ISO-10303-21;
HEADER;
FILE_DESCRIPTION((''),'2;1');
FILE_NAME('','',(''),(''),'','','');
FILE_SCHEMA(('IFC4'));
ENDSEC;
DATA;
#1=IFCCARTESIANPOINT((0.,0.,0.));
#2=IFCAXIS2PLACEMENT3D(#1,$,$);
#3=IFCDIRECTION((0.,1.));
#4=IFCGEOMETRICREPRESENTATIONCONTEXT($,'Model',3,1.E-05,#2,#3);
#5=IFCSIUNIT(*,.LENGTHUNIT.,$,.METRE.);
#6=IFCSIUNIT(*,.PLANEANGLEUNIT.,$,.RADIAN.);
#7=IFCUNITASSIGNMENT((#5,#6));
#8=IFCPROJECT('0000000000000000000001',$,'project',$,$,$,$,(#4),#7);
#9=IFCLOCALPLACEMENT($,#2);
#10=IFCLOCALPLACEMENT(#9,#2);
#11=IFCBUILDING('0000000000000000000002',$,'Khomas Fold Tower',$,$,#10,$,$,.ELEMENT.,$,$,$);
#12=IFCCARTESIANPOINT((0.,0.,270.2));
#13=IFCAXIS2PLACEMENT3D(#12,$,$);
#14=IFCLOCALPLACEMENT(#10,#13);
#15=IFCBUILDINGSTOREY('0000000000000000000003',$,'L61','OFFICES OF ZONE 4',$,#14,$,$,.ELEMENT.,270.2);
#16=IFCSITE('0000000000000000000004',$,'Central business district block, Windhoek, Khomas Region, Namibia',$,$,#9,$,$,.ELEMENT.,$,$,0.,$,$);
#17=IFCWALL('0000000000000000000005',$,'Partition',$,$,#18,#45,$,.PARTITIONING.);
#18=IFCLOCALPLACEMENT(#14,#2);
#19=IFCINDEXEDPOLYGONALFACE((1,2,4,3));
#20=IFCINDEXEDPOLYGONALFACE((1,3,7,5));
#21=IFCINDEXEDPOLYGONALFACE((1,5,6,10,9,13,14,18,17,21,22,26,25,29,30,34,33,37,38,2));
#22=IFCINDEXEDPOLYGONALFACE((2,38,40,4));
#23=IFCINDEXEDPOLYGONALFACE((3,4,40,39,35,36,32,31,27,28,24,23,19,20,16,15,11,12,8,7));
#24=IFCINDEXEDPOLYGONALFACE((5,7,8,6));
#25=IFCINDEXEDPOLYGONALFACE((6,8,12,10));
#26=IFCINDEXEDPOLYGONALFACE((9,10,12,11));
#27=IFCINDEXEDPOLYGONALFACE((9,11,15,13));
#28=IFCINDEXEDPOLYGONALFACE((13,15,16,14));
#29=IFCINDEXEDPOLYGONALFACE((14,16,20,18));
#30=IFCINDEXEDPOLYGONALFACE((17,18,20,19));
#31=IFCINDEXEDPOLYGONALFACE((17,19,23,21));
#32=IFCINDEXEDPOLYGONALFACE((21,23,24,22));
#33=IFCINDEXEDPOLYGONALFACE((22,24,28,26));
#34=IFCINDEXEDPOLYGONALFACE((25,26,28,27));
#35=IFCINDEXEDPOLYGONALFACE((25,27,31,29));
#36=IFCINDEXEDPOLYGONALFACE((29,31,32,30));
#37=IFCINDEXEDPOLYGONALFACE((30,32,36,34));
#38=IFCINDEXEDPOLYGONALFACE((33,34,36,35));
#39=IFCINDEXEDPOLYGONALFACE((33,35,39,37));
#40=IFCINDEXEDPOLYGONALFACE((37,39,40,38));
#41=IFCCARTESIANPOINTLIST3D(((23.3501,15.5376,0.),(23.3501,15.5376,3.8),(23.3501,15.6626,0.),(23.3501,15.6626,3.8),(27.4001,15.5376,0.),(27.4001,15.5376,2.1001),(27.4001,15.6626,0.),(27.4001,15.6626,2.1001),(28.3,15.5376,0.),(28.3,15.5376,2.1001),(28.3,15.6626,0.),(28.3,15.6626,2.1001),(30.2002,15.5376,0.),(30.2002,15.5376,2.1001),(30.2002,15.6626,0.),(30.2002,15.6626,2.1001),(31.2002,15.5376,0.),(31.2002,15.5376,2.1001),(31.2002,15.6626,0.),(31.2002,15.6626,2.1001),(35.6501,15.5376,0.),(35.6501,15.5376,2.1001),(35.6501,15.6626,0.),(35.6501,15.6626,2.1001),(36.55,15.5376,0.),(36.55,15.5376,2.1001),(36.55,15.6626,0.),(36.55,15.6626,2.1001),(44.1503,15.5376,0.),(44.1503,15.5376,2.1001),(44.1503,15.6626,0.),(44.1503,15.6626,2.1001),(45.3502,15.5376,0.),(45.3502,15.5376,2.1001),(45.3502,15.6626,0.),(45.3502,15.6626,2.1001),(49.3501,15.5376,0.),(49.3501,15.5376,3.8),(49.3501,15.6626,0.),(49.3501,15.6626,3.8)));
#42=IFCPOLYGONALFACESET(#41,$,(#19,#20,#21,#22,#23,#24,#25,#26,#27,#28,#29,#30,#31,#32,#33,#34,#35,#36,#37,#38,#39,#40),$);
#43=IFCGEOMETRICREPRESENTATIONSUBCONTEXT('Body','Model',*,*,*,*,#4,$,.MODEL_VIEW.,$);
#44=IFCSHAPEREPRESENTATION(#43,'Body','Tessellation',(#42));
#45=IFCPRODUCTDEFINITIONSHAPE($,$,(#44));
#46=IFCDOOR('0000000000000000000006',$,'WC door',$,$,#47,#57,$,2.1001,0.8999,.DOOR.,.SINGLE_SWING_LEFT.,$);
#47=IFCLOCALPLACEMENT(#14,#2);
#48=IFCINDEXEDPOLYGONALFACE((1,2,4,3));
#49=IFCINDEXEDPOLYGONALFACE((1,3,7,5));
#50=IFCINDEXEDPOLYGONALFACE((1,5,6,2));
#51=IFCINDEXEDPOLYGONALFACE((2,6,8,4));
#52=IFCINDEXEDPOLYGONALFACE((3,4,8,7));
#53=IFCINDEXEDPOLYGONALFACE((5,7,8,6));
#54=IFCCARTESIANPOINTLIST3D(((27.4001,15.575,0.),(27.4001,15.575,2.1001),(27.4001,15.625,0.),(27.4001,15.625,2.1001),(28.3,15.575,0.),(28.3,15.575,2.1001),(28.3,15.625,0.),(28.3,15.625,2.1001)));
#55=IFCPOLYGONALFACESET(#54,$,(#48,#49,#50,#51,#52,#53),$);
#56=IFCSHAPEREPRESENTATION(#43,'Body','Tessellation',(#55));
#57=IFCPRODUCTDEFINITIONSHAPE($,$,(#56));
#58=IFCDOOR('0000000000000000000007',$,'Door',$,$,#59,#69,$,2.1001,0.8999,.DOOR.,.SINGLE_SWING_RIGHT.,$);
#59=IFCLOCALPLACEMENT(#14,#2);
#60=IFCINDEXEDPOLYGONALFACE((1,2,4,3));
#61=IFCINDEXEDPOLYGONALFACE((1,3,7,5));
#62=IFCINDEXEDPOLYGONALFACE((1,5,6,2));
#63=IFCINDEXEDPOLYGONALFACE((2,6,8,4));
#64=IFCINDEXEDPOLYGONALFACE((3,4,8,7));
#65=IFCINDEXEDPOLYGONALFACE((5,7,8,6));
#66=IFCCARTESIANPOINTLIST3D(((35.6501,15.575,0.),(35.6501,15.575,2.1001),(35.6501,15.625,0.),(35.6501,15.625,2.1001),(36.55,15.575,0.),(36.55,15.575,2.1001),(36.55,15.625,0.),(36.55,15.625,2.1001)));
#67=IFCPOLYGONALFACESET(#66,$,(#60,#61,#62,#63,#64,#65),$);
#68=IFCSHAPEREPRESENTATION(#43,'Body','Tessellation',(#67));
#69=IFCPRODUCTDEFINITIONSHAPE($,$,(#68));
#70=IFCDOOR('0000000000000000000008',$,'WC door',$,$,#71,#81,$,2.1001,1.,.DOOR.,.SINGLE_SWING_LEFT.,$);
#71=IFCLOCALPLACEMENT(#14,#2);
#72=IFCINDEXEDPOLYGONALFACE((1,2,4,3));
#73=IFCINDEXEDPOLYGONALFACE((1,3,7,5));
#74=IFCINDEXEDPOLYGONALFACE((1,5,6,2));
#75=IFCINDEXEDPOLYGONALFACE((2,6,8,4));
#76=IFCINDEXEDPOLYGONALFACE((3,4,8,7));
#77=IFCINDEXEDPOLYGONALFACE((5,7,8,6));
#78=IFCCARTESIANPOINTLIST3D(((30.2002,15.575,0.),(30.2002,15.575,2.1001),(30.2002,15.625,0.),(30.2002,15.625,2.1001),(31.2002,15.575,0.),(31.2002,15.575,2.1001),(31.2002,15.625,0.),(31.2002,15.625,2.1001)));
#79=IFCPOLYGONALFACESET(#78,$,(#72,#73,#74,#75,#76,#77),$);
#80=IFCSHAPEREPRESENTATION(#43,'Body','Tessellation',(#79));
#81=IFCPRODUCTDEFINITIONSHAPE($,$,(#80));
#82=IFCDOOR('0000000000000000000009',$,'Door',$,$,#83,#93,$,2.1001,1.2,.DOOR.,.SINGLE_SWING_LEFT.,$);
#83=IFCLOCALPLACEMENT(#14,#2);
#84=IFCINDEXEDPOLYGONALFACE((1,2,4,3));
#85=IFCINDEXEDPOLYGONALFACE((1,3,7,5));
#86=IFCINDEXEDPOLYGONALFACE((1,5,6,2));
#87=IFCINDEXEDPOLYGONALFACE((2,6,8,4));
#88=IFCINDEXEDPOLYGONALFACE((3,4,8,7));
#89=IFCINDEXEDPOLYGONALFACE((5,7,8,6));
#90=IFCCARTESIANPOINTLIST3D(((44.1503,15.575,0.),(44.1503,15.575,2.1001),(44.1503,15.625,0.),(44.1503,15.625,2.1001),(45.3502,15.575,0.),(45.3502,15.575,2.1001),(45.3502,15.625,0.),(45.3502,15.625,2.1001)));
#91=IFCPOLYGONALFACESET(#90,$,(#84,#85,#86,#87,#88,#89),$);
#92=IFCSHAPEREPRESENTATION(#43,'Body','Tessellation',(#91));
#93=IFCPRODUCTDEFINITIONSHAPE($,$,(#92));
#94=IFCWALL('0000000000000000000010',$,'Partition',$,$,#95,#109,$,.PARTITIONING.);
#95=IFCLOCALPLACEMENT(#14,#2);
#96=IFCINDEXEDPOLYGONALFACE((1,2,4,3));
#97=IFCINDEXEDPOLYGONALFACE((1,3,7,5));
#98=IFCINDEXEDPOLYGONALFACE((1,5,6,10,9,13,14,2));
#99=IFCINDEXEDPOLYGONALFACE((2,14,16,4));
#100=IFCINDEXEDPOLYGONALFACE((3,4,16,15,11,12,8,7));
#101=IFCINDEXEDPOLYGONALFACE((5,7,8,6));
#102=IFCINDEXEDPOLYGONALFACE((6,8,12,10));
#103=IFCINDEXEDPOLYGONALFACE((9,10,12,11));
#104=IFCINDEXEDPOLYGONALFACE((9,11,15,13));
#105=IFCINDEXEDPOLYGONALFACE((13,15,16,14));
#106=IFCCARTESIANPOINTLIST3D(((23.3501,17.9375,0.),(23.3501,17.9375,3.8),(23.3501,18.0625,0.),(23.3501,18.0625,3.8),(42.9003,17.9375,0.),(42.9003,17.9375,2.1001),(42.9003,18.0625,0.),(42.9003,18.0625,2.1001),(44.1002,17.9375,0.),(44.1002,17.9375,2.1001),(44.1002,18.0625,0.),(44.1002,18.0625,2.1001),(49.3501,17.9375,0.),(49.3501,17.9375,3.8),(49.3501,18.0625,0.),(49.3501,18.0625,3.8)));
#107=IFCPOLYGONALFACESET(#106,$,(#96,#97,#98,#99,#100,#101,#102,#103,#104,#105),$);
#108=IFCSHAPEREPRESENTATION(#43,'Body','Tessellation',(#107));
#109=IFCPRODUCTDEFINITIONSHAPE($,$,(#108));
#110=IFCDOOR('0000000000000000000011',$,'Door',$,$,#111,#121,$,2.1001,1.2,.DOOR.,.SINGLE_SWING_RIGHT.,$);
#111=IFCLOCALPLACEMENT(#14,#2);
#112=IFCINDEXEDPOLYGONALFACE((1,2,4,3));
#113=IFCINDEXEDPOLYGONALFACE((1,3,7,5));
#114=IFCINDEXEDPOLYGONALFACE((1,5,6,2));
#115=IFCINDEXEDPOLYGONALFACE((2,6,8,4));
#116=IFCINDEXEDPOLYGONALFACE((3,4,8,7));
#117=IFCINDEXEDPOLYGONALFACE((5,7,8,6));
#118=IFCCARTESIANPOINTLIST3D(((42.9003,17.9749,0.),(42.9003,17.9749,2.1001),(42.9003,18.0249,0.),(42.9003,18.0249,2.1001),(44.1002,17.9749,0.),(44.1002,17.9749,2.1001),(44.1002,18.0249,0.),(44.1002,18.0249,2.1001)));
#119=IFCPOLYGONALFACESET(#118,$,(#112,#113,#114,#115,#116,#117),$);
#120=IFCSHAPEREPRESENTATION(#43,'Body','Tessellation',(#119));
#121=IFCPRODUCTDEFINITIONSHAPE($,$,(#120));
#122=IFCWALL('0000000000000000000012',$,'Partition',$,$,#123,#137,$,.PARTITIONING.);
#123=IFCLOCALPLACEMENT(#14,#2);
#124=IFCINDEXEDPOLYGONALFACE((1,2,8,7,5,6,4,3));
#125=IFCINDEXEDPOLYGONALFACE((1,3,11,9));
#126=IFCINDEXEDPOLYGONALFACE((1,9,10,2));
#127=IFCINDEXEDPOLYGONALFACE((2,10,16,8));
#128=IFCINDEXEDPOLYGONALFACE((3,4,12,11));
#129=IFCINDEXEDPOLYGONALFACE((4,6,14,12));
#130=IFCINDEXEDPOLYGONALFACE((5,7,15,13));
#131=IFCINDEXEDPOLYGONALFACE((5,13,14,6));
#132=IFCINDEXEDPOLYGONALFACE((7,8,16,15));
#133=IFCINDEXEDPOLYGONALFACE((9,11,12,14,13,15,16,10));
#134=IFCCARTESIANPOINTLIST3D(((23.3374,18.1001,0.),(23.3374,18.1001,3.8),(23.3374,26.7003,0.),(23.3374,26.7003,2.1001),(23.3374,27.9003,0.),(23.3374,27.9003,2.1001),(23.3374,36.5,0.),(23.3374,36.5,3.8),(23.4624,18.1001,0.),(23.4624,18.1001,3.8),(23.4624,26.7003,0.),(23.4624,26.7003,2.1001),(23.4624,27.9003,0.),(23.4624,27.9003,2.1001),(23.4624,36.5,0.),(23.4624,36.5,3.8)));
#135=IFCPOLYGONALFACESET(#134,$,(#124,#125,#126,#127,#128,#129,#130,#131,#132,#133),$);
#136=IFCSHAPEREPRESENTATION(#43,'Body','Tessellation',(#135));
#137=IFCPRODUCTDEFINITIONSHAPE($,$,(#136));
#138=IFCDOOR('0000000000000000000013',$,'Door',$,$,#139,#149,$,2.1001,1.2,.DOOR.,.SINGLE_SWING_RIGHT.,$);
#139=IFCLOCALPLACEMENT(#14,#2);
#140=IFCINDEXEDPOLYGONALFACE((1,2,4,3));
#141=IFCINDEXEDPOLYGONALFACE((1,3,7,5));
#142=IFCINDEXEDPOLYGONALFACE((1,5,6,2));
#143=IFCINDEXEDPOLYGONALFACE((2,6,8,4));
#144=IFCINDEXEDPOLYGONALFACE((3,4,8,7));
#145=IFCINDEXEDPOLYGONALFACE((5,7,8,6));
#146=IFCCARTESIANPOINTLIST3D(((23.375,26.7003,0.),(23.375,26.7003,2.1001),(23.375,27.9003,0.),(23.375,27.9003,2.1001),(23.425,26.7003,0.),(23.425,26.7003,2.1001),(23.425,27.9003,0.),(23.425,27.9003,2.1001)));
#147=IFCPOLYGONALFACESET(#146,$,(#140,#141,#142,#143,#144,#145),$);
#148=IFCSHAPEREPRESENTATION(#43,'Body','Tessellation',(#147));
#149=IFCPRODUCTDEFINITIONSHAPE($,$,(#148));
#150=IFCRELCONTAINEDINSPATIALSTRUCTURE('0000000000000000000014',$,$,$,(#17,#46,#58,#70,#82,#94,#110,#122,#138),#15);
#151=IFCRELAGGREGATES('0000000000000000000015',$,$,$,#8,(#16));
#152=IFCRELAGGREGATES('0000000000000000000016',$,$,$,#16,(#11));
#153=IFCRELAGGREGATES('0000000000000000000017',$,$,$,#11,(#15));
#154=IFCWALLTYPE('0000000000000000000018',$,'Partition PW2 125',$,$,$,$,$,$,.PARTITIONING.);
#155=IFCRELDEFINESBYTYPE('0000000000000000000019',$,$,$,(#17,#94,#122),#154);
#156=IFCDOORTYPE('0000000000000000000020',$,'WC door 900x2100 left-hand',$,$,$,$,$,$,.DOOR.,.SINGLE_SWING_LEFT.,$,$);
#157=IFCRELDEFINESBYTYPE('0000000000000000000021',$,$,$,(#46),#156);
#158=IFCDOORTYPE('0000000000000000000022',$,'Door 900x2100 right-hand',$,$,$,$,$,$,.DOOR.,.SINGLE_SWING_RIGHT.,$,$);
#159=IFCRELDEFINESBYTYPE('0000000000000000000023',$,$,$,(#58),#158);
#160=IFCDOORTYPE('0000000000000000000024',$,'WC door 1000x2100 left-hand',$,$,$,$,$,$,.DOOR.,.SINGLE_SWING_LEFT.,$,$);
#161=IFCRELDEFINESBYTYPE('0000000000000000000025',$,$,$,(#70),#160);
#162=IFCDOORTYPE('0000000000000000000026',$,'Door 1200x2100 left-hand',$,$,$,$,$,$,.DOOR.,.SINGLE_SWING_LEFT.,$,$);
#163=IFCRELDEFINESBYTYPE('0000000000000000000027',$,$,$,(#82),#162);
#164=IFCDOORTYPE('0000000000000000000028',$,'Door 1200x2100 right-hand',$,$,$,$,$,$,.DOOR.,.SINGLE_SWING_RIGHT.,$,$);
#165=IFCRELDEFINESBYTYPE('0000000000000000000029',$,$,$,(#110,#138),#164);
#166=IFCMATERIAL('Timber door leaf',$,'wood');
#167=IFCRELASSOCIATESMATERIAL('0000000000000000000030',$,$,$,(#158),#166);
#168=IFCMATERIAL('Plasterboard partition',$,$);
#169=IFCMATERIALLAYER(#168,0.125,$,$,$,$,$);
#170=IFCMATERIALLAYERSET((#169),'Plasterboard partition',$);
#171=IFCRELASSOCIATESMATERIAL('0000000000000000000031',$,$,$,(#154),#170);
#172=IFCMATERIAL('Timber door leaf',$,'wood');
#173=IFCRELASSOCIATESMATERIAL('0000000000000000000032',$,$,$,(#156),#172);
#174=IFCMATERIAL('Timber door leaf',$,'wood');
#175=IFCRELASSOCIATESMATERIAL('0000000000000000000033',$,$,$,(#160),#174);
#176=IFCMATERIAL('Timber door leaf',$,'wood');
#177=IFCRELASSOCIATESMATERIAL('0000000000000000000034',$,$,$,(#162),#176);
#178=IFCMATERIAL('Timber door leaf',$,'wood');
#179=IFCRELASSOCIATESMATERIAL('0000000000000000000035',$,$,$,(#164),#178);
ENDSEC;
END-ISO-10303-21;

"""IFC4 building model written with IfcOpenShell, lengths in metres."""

from ifc_helpers import new_model, si_unit, direction, frame, frame_2d, origin, place, context, subcontext, project, spatial, rectangle, extrude, source, transform, mapped, material, layer, layer_set, type_object, element, fill, save


model = new_model("IFC4")

# Units and contexts
model_context = context("Model", 3, precision=1e-05, world=origin(), true_north=direction((0.0, 1.0)))
body_context = subcontext(model_context, "Body", "Model", "MODEL_VIEW")
ifc_project = project(units=[si_unit("LENGTHUNIT", "METRE"), si_unit("PLANEANGLEUNIT", "RADIAN")], contexts=[model_context])

# Site, building, storey
site_placement = place(None, origin())
site = spatial("IfcSite", under=ifc_project, at=site_placement, Name="Central business district block, Windhoek, Khomas Region, Namibia", CompositionType="ELEMENT", RefElevation=0.0)
building_placement = place(site_placement, origin())
building = spatial("IfcBuilding", under=site, at=building_placement, Name="Khomas Fold Tower", CompositionType="ELEMENT")
storey_placement = place(building_placement, frame((0.0, 0.0, 270.2)))
storey = spatial("IfcBuildingStorey", under=building, at=storey_placement, Name="L61", Description="OFFICES OF ZONE 4", CompositionType="ELEMENT", Elevation=270.2)

# Wall, openings, doors
ifc_material_1 = material(Name="Timber door leaf", Category="wood")
door_type_1 = type_object("IfcDoorType", Name="Door 900x2100 right-hand", OperationType="SINGLE_SWING_RIGHT", PredefinedType="DOOR", material=ifc_material_1)
ifc_material_2 = material(Name="Plasterboard partition")
ifc_layer_1 = layer(ifc_material_2, 0.125)
ifc_layer_set_1 = layer_set([ifc_layer_1], Name="Plasterboard partition")
wall_type_1 = type_object("IfcWallType", Name="Partition PW2 125", PredefinedType="PARTITIONING", material=ifc_layer_set_1)
shared_shape_1 = source(origin(), body_context, "Body", "SweptSolid", [
    extrude(rectangle(XDim=26.0, YDim=0.125, at=frame_2d((13.0, 0.0))), origin(), (0.0, 0.0, 1.0), 3.8),
])
wall_1_placement = place(storey_placement, frame((23.3501, 15.6001, 0.0), z_axis=(0.0, 0.0, 1.0), x_axis=(1.0, 0.0, 0.0)))
wall_1 = element("IfcWall", 1, at=wall_1_placement, inside=storey, type_object=wall_type_1, Name="Partition", PredefinedType="PARTITIONING", context=body_context, shape_type="MappedRepresentation", body=[
    mapped(shared_shape_1, transform((0.0, 0.0, 0.0))),
])
shared_shape_2 = source(origin(), body_context, "Body", "SweptSolid", [
    extrude(rectangle(XDim=0.8999, YDim=2.1001, at=frame_2d((0.45, 1.05))), frame((0.0, 0.0725, 0.0), z_axis=(0.0, -1.0, 0.0), x_axis=(1.0, 0.0, 0.0)), (0.0, 0.0, 1.0), 0.145),
])
opening_1_placement = place(wall_1_placement, frame((4.05, 0.0, 0.0)))
opening_1 = element("IfcOpeningElement", 2, at=opening_1_placement, cuts=wall_1, PredefinedType="OPENING", context=body_context, shape_type="MappedRepresentation", body=[
    mapped(shared_shape_2, transform((0.0, 0.0, 0.0))),
])
shared_shape_3 = source(origin(), body_context, "Body", "SweptSolid", [
    extrude(rectangle(XDim=1.0, YDim=2.1001, at=frame_2d((0.5, 1.05))), frame((0.0, 0.0725, 0.0), z_axis=(0.0, -1.0, 0.0), x_axis=(1.0, 0.0, 0.0)), (0.0, 0.0, 1.0), 0.145),
])
opening_2_placement = place(wall_1_placement, frame((6.8501, 0.0, 0.0)))
opening_2 = element("IfcOpeningElement", 3, at=opening_2_placement, cuts=wall_1, PredefinedType="OPENING", context=body_context, shape_type="MappedRepresentation", body=[
    mapped(shared_shape_3, transform((0.0, 0.0, 0.0))),
])
opening_3_placement = place(wall_1_placement, frame((12.3, 0.0, 0.0)))
opening_3 = element("IfcOpeningElement", 4, at=opening_3_placement, cuts=wall_1, PredefinedType="OPENING", context=body_context, shape_type="MappedRepresentation", body=[
    mapped(shared_shape_2, transform((0.0, 0.0, 0.0))),
])
shared_shape_4 = source(origin(), body_context, "Body", "SweptSolid", [
    extrude(rectangle(XDim=1.2, YDim=2.1001, at=frame_2d((0.6001, 1.05))), frame((0.0, 0.0725, 0.0), z_axis=(0.0, -1.0, 0.0), x_axis=(1.0, 0.0, 0.0)), (0.0, 0.0, 1.0), 0.145),
])
opening_4_placement = place(wall_1_placement, frame((20.8, 0.0, 0.0)))
opening_4 = element("IfcOpeningElement", 5, at=opening_4_placement, cuts=wall_1, PredefinedType="OPENING", context=body_context, shape_type="MappedRepresentation", body=[
    mapped(shared_shape_4, transform((0.0, 0.0, 0.0))),
])
ifc_material_3 = material(Name="Timber door leaf", Category="wood")
door_type_2 = type_object("IfcDoorType", Name="WC door 900x2100 left-hand", OperationType="SINGLE_SWING_LEFT", PredefinedType="DOOR", material=ifc_material_3)
shared_shape_5 = source(origin(), body_context, "Body", "SweptSolid", [
    extrude(rectangle(XDim=0.8999, YDim=2.1001, at=frame_2d((0.45, 1.05))), frame((0.0, 0.0249, 0.0), z_axis=(0.0, -1.0, 0.0), x_axis=(1.0, 0.0, 0.0)), (0.0, 0.0, 1.0), 0.05),
])
door_1_placement = place(opening_1_placement, origin())
door_1 = element("IfcDoor", 6, at=door_1_placement, inside=storey, type_object=door_type_2, Name="WC door", OperationType="SINGLE_SWING_LEFT", OverallHeight=2.1001, OverallWidth=0.8999, PredefinedType="DOOR", context=body_context, shape_type="MappedRepresentation", body=[
    mapped(shared_shape_5, transform((0.0, 0.0, 0.0))),
])
fill(opening_1, door_1)
door_2_placement = place(opening_3_placement, origin())
door_2 = element("IfcDoor", 7, at=door_2_placement, inside=storey, type_object=door_type_1, Name="Door", OperationType="SINGLE_SWING_RIGHT", OverallHeight=2.1001, OverallWidth=0.8999, PredefinedType="DOOR", context=body_context, shape_type="MappedRepresentation", body=[
    mapped(shared_shape_5, transform((0.0, 0.0, 0.0))),
])
fill(opening_3, door_2)
ifc_material_4 = material(Name="Timber door leaf", Category="wood")
door_type_3 = type_object("IfcDoorType", Name="WC door 1000x2100 left-hand", OperationType="SINGLE_SWING_LEFT", PredefinedType="DOOR", material=ifc_material_4)
shared_shape_6 = source(origin(), body_context, "Body", "SweptSolid", [
    extrude(rectangle(XDim=1.0, YDim=2.1001, at=frame_2d((0.5, 1.05))), frame((0.0, 0.0249, 0.0), z_axis=(0.0, -1.0, 0.0), x_axis=(1.0, 0.0, 0.0)), (0.0, 0.0, 1.0), 0.05),
])
door_3_placement = place(opening_2_placement, origin())
door_3 = element("IfcDoor", 8, at=door_3_placement, inside=storey, type_object=door_type_3, Name="WC door", OperationType="SINGLE_SWING_LEFT", OverallHeight=2.1001, OverallWidth=1.0, PredefinedType="DOOR", context=body_context, shape_type="MappedRepresentation", body=[
    mapped(shared_shape_6, transform((0.0, 0.0, 0.0))),
])
fill(opening_2, door_3)
ifc_material_5 = material(Name="Timber door leaf", Category="wood")
door_type_4 = type_object("IfcDoorType", Name="Door 1200x2100 left-hand", OperationType="SINGLE_SWING_LEFT", PredefinedType="DOOR", material=ifc_material_5)
shared_shape_7 = source(origin(), body_context, "Body", "SweptSolid", [
    extrude(rectangle(XDim=1.2, YDim=2.1001, at=frame_2d((0.6001, 1.05))), frame((0.0, 0.0249, 0.0), z_axis=(0.0, -1.0, 0.0), x_axis=(1.0, 0.0, 0.0)), (0.0, 0.0, 1.0), 0.05),
])
door_4_placement = place(opening_4_placement, origin())
door_4 = element("IfcDoor", 9, at=door_4_placement, inside=storey, type_object=door_type_4, Name="Door", OperationType="SINGLE_SWING_LEFT", OverallHeight=2.1001, OverallWidth=1.2, PredefinedType="DOOR", context=body_context, shape_type="MappedRepresentation", body=[
    mapped(shared_shape_7, transform((0.0, 0.0, 0.0))),
])
fill(opening_4, door_4)

# Walls, openings, doors
wall_2_placement = place(storey_placement, frame((23.3501, 18.0, 0.0), z_axis=(0.0, 0.0, 1.0), x_axis=(1.0, 0.0, 0.0)))
wall_2 = element("IfcWall", 10, at=wall_2_placement, inside=storey, type_object=wall_type_1, Name="Partition", PredefinedType="PARTITIONING", context=body_context, shape_type="MappedRepresentation", body=[
    mapped(shared_shape_1, transform((0.0, 0.0, 0.0))),
])
opening_5_placement = place(wall_2_placement, frame((19.55, 0.0, 0.0)))
opening_5 = element("IfcOpeningElement", 11, at=opening_5_placement, cuts=wall_2, PredefinedType="OPENING", context=body_context, shape_type="MappedRepresentation", body=[
    mapped(shared_shape_4, transform((0.0, 0.0, 0.0))),
])
ifc_material_6 = material(Name="Timber door leaf", Category="wood")
door_type_5 = type_object("IfcDoorType", Name="Door 1200x2100 right-hand", OperationType="SINGLE_SWING_RIGHT", PredefinedType="DOOR", material=ifc_material_6)
door_5_placement = place(opening_5_placement, origin())
door_5 = element("IfcDoor", 12, at=door_5_placement, inside=storey, type_object=door_type_5, Name="Door", OperationType="SINGLE_SWING_RIGHT", OverallHeight=2.1001, OverallWidth=1.2, PredefinedType="DOOR", context=body_context, shape_type="MappedRepresentation", body=[
    mapped(shared_shape_7, transform((0.0, 0.0, 0.0))),
])
fill(opening_5, door_5)
shared_shape_8 = source(origin(), body_context, "Body", "SweptSolid", [
    extrude(rectangle(XDim=18.3999, YDim=0.125, at=frame_2d((9.2, 0.0))), origin(), (0.0, 0.0, 1.0), 3.8),
])
wall_3_placement = place(storey_placement, frame((23.3999, 18.1001, 0.0), z_axis=(0.0, 0.0, 1.0), x_axis=(0.0, 1.0, 0.0)))
wall_3 = element("IfcWall", 13, at=wall_3_placement, inside=storey, type_object=wall_type_1, Name="Partition", PredefinedType="PARTITIONING", context=body_context, shape_type="MappedRepresentation", body=[
    mapped(shared_shape_8, transform((0.0, 0.0, 0.0))),
])
opening_6_placement = place(wall_3_placement, frame((8.6001, 0.0, 0.0)))
opening_6 = element("IfcOpeningElement", 14, at=opening_6_placement, cuts=wall_3, PredefinedType="OPENING", context=body_context, shape_type="MappedRepresentation", body=[
    mapped(shared_shape_4, transform((0.0, 0.0, 0.0))),
])
door_6_placement = place(opening_6_placement, origin())
door_6 = element("IfcDoor", 15, at=door_6_placement, inside=storey, type_object=door_type_5, Name="Door", OperationType="SINGLE_SWING_RIGHT", OverallHeight=2.1001, OverallWidth=1.2, PredefinedType="DOOR", context=body_context, shape_type="MappedRepresentation", body=[
    mapped(shared_shape_7, transform((0.0, 0.0, 0.0))),
])
fill(opening_6, door_6)

save(model, "model.ifc")
